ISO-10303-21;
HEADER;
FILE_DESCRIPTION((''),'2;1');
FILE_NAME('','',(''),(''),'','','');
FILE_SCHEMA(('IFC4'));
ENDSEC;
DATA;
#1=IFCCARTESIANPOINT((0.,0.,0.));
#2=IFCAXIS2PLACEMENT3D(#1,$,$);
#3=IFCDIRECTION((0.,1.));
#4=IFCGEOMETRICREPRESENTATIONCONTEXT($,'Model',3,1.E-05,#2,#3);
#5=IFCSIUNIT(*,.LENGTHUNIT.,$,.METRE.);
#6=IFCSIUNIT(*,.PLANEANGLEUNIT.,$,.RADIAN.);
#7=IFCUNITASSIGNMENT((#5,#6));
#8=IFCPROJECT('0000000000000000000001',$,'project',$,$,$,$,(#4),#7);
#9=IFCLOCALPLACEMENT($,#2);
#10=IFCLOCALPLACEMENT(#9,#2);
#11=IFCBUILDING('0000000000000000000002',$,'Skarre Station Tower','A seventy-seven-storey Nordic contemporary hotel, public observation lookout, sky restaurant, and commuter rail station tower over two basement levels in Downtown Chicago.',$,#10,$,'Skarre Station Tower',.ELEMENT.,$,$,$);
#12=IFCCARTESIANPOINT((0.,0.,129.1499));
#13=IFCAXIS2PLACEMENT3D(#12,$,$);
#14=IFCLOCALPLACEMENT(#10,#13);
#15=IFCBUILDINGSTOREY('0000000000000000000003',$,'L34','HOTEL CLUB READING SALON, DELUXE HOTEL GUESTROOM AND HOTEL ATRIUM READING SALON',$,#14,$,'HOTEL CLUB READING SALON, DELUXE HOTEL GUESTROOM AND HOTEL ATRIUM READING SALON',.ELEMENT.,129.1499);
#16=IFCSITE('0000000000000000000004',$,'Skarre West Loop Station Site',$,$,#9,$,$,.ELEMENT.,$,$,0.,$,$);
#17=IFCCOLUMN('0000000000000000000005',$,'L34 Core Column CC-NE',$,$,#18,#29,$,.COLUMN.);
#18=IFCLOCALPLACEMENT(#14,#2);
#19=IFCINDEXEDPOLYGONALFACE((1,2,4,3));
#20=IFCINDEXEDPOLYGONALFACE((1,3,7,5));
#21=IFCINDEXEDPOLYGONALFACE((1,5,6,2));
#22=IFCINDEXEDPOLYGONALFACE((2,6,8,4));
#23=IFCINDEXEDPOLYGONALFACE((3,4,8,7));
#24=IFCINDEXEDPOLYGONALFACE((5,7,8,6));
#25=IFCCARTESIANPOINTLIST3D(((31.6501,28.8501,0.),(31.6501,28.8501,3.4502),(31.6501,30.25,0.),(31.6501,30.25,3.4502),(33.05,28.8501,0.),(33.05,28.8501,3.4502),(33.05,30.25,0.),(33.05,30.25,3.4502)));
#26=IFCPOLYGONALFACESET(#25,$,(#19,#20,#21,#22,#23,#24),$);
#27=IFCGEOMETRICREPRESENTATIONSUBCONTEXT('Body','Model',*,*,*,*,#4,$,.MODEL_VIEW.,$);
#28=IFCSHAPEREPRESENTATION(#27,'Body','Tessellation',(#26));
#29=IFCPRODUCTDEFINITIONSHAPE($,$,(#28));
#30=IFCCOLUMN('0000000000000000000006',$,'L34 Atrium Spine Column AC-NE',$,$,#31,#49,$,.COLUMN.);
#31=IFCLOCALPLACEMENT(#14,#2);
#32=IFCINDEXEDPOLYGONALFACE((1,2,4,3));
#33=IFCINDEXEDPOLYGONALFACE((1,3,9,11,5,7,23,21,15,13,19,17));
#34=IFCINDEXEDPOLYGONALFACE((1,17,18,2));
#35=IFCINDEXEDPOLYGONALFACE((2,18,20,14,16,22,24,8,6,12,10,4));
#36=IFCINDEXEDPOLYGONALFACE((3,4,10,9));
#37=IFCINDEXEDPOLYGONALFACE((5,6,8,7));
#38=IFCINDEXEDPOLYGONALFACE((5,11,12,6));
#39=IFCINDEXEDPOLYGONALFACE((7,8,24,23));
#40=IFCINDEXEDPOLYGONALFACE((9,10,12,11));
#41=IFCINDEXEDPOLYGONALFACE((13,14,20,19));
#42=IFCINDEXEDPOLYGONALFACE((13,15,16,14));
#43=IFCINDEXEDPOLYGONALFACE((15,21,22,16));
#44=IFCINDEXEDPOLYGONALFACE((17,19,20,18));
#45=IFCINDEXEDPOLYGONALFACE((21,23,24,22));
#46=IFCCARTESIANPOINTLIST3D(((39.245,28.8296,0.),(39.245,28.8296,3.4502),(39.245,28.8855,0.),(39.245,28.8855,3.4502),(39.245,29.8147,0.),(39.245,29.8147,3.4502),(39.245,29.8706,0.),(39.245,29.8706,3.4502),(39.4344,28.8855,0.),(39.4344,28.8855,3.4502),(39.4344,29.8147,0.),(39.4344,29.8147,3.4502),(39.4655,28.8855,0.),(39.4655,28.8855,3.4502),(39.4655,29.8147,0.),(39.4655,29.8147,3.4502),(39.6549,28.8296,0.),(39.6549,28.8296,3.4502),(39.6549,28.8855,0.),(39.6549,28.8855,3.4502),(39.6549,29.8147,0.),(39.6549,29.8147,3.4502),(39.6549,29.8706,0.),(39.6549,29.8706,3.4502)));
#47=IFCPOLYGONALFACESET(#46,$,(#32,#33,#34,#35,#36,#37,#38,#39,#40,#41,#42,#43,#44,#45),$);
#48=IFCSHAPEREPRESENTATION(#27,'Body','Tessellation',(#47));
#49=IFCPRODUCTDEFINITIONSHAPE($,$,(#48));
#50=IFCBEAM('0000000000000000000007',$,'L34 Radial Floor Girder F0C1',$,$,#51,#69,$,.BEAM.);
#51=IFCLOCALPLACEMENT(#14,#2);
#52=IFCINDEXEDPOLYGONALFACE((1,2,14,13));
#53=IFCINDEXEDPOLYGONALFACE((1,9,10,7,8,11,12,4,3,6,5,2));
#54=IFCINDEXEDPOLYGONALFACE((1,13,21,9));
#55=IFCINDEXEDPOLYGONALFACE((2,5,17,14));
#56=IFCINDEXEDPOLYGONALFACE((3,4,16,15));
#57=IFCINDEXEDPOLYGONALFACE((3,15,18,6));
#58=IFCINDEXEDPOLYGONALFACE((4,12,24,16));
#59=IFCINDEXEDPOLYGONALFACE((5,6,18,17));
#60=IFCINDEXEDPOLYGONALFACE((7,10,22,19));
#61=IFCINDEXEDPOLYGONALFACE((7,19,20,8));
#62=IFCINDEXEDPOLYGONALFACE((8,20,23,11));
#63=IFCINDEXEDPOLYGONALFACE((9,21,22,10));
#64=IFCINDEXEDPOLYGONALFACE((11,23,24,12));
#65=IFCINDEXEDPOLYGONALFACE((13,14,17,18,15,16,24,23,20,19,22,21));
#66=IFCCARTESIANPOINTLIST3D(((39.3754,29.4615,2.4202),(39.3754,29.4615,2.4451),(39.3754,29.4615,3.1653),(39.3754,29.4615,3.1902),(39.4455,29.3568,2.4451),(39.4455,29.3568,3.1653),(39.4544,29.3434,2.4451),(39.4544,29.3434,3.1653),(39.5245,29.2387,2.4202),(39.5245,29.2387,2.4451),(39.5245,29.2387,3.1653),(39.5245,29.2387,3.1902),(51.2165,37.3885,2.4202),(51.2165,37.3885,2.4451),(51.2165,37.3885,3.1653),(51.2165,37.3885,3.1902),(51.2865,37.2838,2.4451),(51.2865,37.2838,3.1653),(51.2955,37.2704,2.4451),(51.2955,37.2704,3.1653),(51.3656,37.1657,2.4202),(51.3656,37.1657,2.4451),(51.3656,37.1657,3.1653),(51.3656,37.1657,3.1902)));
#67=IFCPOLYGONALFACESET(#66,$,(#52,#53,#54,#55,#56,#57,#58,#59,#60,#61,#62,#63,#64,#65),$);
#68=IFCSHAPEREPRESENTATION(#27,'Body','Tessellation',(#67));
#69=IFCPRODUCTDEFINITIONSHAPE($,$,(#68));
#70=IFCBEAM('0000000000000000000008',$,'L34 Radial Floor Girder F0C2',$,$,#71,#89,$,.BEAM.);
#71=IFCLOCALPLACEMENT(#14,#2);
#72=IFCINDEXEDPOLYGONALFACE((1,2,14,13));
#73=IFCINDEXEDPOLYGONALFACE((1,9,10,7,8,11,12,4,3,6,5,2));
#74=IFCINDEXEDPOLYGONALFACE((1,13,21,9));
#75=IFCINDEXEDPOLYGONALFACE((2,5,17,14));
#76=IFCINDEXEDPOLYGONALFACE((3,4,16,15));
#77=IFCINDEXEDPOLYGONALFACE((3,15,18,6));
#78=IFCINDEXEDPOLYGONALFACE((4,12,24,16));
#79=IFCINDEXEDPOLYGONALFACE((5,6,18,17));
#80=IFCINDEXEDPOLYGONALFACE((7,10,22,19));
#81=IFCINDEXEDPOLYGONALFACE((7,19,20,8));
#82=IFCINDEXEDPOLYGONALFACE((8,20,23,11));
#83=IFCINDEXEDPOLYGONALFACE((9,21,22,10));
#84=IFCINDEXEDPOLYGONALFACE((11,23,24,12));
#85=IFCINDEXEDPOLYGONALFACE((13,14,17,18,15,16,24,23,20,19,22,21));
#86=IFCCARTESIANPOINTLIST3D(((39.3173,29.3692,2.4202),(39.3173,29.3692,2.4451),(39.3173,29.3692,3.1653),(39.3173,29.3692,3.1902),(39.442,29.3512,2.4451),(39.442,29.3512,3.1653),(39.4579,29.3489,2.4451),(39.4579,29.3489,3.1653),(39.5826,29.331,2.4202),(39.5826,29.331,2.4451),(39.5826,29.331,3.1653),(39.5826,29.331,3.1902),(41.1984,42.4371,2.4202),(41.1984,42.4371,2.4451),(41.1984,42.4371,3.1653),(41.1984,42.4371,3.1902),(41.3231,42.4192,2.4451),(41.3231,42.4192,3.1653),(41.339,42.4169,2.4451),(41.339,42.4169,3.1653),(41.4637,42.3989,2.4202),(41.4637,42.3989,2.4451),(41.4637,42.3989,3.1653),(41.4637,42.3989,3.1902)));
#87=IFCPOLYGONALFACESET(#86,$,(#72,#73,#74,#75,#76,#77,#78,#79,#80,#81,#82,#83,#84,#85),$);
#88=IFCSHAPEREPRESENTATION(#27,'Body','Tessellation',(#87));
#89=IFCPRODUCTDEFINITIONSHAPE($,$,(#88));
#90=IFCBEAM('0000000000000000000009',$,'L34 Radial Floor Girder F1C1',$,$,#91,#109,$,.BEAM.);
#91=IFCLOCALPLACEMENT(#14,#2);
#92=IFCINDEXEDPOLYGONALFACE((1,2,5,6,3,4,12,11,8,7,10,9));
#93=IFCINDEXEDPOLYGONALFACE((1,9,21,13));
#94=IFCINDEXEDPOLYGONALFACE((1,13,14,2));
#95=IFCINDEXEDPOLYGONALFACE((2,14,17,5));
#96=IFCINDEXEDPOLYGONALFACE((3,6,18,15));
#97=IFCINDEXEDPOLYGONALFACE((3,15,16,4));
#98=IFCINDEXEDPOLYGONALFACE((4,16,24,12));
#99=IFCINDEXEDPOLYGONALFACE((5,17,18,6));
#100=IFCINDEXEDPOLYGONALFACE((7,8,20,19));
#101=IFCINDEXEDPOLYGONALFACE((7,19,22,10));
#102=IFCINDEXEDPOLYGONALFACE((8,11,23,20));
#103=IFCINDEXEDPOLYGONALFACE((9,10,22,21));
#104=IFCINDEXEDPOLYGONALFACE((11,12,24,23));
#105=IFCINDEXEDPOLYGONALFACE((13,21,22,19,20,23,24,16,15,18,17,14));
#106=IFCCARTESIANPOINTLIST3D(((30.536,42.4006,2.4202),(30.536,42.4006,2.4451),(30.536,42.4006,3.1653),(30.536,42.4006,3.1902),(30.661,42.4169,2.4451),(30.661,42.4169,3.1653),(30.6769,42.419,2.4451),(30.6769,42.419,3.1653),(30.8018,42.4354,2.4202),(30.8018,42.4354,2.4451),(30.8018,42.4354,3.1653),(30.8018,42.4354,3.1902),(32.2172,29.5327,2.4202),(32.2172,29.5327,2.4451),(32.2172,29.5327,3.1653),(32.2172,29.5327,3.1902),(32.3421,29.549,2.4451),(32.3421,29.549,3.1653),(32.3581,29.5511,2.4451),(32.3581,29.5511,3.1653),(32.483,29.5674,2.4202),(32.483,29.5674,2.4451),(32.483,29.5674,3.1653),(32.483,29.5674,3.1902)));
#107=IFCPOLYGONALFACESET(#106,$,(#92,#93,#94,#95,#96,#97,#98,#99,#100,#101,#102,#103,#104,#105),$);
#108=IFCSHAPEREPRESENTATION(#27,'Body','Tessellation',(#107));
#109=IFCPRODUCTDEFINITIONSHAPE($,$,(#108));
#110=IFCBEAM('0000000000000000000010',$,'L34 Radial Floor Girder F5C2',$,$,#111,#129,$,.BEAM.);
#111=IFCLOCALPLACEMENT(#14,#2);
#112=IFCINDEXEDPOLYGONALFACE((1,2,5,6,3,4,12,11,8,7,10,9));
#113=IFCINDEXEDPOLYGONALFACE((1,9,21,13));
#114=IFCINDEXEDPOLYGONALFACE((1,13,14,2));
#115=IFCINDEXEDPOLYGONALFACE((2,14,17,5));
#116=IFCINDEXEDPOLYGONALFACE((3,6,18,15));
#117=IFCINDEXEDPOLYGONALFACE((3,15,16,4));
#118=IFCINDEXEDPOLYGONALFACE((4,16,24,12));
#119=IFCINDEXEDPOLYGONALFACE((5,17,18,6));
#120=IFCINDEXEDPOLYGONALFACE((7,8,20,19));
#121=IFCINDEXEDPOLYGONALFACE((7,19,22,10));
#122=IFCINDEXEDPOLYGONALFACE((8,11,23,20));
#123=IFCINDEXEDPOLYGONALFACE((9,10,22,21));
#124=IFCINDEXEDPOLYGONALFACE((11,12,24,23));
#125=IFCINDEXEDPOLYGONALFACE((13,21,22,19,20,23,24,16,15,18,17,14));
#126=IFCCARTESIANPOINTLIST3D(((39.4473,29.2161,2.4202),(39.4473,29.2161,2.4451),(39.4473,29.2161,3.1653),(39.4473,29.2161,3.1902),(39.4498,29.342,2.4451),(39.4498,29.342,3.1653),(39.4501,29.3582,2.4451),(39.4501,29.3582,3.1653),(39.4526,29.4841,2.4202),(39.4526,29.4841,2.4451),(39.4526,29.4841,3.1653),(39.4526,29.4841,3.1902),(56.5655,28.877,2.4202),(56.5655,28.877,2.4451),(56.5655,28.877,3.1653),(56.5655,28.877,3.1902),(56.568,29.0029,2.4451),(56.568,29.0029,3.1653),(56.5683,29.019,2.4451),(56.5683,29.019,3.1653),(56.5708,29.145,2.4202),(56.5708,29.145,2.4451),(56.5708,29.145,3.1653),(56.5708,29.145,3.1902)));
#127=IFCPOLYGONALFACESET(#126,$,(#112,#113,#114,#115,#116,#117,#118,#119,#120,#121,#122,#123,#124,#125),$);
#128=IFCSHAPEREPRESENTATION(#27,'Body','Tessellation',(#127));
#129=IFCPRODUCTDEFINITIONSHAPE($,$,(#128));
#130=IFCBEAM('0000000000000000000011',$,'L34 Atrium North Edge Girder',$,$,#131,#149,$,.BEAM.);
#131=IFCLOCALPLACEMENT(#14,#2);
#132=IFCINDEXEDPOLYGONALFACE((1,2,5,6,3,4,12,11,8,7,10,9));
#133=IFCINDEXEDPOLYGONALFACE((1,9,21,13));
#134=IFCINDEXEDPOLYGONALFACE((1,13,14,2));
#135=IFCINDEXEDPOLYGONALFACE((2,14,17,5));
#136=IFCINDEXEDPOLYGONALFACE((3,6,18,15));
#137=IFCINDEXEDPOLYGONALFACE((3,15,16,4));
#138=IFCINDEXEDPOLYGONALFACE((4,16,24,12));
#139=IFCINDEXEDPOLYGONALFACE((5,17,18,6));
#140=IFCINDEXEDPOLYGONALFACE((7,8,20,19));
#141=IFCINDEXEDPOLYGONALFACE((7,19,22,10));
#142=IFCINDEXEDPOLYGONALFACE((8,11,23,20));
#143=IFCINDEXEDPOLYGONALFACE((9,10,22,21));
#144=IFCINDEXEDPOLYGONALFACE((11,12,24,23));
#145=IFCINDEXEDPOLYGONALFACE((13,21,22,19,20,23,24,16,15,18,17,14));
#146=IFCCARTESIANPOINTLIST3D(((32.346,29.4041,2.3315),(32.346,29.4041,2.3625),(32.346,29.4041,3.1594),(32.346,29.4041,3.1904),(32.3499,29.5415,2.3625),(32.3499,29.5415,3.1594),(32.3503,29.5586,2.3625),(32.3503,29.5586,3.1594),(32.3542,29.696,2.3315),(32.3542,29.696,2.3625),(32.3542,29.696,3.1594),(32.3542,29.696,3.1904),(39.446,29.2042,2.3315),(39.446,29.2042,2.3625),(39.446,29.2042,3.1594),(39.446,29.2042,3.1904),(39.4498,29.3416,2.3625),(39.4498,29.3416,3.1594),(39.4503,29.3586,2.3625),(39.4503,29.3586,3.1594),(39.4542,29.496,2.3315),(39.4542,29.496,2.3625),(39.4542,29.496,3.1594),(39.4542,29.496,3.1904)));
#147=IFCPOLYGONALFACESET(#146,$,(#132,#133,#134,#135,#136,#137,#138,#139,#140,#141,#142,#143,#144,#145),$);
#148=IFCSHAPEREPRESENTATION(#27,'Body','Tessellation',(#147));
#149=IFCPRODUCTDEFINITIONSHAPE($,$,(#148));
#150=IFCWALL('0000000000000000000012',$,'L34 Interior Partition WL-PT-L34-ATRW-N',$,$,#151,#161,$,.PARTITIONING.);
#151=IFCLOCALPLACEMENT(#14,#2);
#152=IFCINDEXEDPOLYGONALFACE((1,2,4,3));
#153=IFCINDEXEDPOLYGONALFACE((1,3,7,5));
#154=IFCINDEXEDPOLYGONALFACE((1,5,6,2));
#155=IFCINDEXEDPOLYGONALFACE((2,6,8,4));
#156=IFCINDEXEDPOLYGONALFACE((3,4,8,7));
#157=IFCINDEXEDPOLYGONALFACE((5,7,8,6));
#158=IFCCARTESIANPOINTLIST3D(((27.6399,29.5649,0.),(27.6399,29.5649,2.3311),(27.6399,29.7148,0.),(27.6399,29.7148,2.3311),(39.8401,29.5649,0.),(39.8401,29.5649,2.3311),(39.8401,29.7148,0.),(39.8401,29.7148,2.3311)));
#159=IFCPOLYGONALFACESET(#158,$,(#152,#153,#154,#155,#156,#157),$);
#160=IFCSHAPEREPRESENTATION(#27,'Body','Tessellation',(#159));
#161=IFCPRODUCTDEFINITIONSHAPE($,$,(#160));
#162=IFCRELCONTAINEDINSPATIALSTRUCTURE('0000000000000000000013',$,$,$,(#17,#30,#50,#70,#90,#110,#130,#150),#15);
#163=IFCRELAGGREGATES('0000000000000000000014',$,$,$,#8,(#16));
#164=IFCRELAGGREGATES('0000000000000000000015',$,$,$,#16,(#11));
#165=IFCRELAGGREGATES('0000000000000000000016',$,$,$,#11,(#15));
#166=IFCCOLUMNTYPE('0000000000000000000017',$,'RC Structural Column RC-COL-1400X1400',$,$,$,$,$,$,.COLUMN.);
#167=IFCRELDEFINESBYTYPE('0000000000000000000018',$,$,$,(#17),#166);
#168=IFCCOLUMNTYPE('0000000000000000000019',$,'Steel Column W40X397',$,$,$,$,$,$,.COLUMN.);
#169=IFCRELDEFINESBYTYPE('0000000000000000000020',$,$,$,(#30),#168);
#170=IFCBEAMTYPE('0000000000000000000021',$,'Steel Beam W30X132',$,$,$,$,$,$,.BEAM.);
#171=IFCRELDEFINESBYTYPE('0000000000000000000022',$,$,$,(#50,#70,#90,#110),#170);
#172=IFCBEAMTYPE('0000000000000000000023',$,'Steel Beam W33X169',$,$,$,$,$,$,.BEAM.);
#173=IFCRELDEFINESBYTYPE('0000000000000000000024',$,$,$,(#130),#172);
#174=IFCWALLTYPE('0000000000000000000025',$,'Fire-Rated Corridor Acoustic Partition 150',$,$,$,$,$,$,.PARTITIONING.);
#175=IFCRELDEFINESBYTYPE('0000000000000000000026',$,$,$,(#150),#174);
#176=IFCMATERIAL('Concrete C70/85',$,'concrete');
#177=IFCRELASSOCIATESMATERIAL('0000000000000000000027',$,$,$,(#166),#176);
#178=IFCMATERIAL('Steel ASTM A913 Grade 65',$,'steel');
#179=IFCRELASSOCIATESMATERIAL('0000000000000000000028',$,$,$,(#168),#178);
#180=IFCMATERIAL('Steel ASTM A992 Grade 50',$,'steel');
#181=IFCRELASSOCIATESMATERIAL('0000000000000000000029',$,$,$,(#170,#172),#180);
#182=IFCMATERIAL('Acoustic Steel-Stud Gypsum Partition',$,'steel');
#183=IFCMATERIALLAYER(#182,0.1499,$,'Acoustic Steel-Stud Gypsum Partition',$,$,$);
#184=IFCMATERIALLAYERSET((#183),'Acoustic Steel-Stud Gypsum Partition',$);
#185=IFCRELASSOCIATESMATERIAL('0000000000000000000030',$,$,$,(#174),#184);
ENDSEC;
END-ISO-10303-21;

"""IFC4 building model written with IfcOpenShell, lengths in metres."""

from ifc_helpers import new_model, si_unit, direction, frame, frame_2d, origin, origin_2d, place, context, subcontext, project, spatial, rectangle, i_section, extrude, material, layer, layer_set, material_profile, profile_set, type_object, element, save


model = new_model("IFC4")

# Units and contexts
model_context = context("Model", 3, precision=1e-05, world=origin(), true_north=direction((0.0, 1.0)))
body_context = subcontext(model_context, "Body", "Model", "MODEL_VIEW")
ifc_project = project(units=[si_unit("LENGTHUNIT", "METRE"), si_unit("PLANEANGLEUNIT", "RADIAN")], contexts=[model_context])

# Site, building, storey
site_placement = place(None, origin())
site = spatial("IfcSite", under=ifc_project, at=site_placement, Name="Skarre West Loop Station Site", CompositionType="ELEMENT", RefElevation=0.0)
building_placement = place(site_placement, origin())
building = spatial("IfcBuilding", under=site, at=building_placement, Name="Skarre Station Tower", Description="A seventy-seven-storey Nordic contemporary hotel, public observation lookout, sky restaurant, and commuter rail station tower over two basement levels in Downtown Chicago.", LongName="Skarre Station Tower", CompositionType="ELEMENT")
storey_placement = place(building_placement, frame((0.0, 0.0, 129.1499)))
storey = spatial("IfcBuildingStorey", under=building, at=storey_placement, Name="L34", Description="HOTEL CLUB READING SALON, DELUXE HOTEL GUESTROOM AND HOTEL ATRIUM READING SALON", LongName="HOTEL CLUB READING SALON, DELUXE HOTEL GUESTROOM AND HOTEL ATRIUM READING SALON", CompositionType="ELEMENT", Elevation=129.1499)

# Columns
ifc_material_1 = material(Name="Concrete C70/85", Category="concrete")
ifc_material_profile_1 = material_profile(ifc_material_1, rectangle(XDim=1.3999, YDim=1.3999, at=origin_2d()), Name="Concrete C70/85")
ifc_profile_set_1 = profile_set([ifc_material_profile_1], Name="Concrete C70/85")
column_type_1 = type_object("IfcColumnType", Name="RC Structural Column RC-COL-1400X1400", PredefinedType="COLUMN", material=ifc_profile_set_1)
column_1_placement = place(storey_placement, frame((32.3501, 29.55, 0.0), z_axis=(0.0, 0.0, 1.0), x_axis=(1.0, 0.0, 0.0)))
element("IfcColumn", 1, at=column_1_placement, inside=storey, type_object=column_type_1, Name="L34 Core Column CC-NE", PredefinedType="COLUMN", context=body_context, shape_type="SweptSolid", body=[
    extrude(rectangle(XDim=1.3999, YDim=1.3999, at=origin_2d()), origin(), (0.0, 0.0, 1.0), 3.4502),
])
ifc_material_2 = material(Name="Steel ASTM A913 Grade 65", Category="steel")
ifc_material_profile_2 = material_profile(ifc_material_2, i_section(OverallWidth=0.4099, OverallDepth=1.041, WebThickness=0.031, FlangeThickness=0.0559, at=origin_2d()), Name="Steel ASTM A913 Grade 65")
ifc_profile_set_2 = profile_set([ifc_material_profile_2], Name="Steel ASTM A913 Grade 65")
column_type_2 = type_object("IfcColumnType", Name="Steel Column W40X397", PredefinedType="COLUMN", material=ifc_profile_set_2)
column_2_placement = place(storey_placement, frame((39.45, 29.3501, 0.0), z_axis=(0.0, 0.0, 1.0), x_axis=(1.0, 0.0, 0.0)))
element("IfcColumn", 2, at=column_2_placement, inside=storey, type_object=column_type_2, Name="L34 Atrium Spine Column AC-NE", PredefinedType="COLUMN", context=body_context, shape_type="SweptSolid", body=[
    extrude(i_section(OverallWidth=0.4099, OverallDepth=1.041, WebThickness=0.031, FlangeThickness=0.0559, at=origin_2d()), origin(), (0.0, 0.0, 1.0), 3.4502),
])

# Beams
ifc_material_3 = material(Name="Steel ASTM A992 Grade 50", Category="steel")
ifc_material_profile_3 = material_profile(ifc_material_3, i_section(OverallWidth=0.2681, OverallDepth=0.77, WebThickness=0.0161, FlangeThickness=0.0249, at=origin_2d()), Name="Steel ASTM A992 Grade 50")
ifc_profile_set_3 = profile_set([ifc_material_profile_3], Name="Steel ASTM A992 Grade 50")
beam_type_1 = type_object("IfcBeamType", Name="Steel Beam W30X132", PredefinedType="BEAM", material=ifc_profile_set_3)
beam_1_placement = place(storey_placement, frame((39.45, 29.3501, 2.8052), z_axis=(0.830981, 0.5563, 0.0), x_axis=(-0.5563, 0.830981, 0.0)))
element("IfcBeam", 3, at=beam_1_placement, inside=storey, type_object=beam_type_1, Name="L34 Radial Floor Girder F0C1", PredefinedType="BEAM", context=body_context, shape_type="SweptSolid", body=[
    extrude(i_section(OverallWidth=0.2681, OverallDepth=0.77, WebThickness=0.0161, FlangeThickness=0.0249, at=origin_2d()), origin(), (0.0, 0.0, 1.0), 14.2495),
])
beam_2_placement = place(storey_placement, frame((39.45, 29.3501, 2.8052), z_axis=(0.14248, 0.989798, 0.0), x_axis=(-0.989798, 0.14248, 0.0)))
element("IfcBeam", 4, at=beam_2_placement, inside=storey, type_object=beam_type_1, Name="L34 Radial Floor Girder F0C2", PredefinedType="BEAM", context=body_context, shape_type="SweptSolid", body=[
    extrude(i_section(OverallWidth=0.2681, OverallDepth=0.77, WebThickness=0.0161, FlangeThickness=0.0249, at=origin_2d()), origin(), (0.0, 0.0, 1.0), 13.2026),
])
beam_3_placement = place(storey_placement, frame((32.3501, 29.55, 2.8052), z_axis=(-0.129546, 0.991573, 0.0), x_axis=(-0.991573, -0.129546, 0.0)))
element("IfcBeam", 5, at=beam_3_placement, inside=storey, type_object=beam_type_1, Name="L34 Radial Floor Girder F1C1", PredefinedType="BEAM", context=body_context, shape_type="SweptSolid", body=[
    extrude(i_section(OverallWidth=0.2681, OverallDepth=0.77, WebThickness=0.0161, FlangeThickness=0.0249, at=origin_2d()), origin(), (0.0, 0.0, 1.0), 12.9773),
])
beam_4_placement = place(storey_placement, frame((39.45, 29.3501, 2.8052), z_axis=(0.999804, -0.019806, 0.0), x_axis=(0.019806, 0.999804, 0.0)))
element("IfcBeam", 6, at=beam_4_placement, inside=storey, type_object=beam_type_1, Name="L34 Radial Floor Girder F5C2", PredefinedType="BEAM", context=body_context, shape_type="SweptSolid", body=[
    extrude(i_section(OverallWidth=0.2681, OverallDepth=0.77, WebThickness=0.0161, FlangeThickness=0.0249, at=origin_2d()), origin(), (0.0, 0.0, 1.0), 17.1216),
])
ifc_material_profile_4 = material_profile(ifc_material_3, i_section(OverallWidth=0.292, OverallDepth=0.8589, WebThickness=0.0171, FlangeThickness=0.031, at=origin_2d()), Name="Steel ASTM A992 Grade 50")
ifc_profile_set_4 = profile_set([ifc_material_profile_4], Name="Steel ASTM A992 Grade 50")
beam_type_2 = type_object("IfcBeamType", Name="Steel Beam W33X169", PredefinedType="BEAM", material=ifc_profile_set_4)
beam_5_placement = place(storey_placement, frame((32.3501, 29.55, 2.761), z_axis=(0.999604, -0.028152, 0.0), x_axis=(0.028152, 0.999604, 0.0)))
element("IfcBeam", 7, at=beam_5_placement, inside=storey, type_object=beam_type_2, Name="L34 Atrium North Edge Girder", PredefinedType="BEAM", context=body_context, shape_type="SweptSolid", body=[
    extrude(i_section(OverallWidth=0.292, OverallDepth=0.8589, WebThickness=0.0171, FlangeThickness=0.031, at=origin_2d()), origin(), (0.0, 0.0, 1.0), 7.1028),
])

# Wall
ifc_material_4 = material(Name="Acoustic Steel-Stud Gypsum Partition", Category="steel")
ifc_layer_1 = layer(ifc_material_4, 0.1499, Name="Acoustic Steel-Stud Gypsum Partition")
ifc_layer_set_1 = layer_set([ifc_layer_1], Name="Acoustic Steel-Stud Gypsum Partition")
wall_type_1 = type_object("IfcWallType", Name="Fire-Rated Corridor Acoustic Partition 150", PredefinedType="PARTITIONING", material=ifc_layer_set_1)
wall_1_placement = place(storey_placement, frame((39.8401, 29.6399, 0.0), z_axis=(0.0, 0.0, 1.0), x_axis=(-1.0, 0.0, 0.0)))
element("IfcWall", 8, at=wall_1_placement, inside=storey, type_object=wall_type_1, Name="L34 Interior Partition WL-PT-L34-ATRW-N", PredefinedType="PARTITIONING", context=body_context, shape_type="SweptSolid", body=[
    extrude(rectangle(XDim=12.2002, YDim=0.1499, at=frame_2d((6.1001, 0.0))), origin(), (0.0, 0.0, 1.0), 2.3311),
])

save(model, "model.ifc")
